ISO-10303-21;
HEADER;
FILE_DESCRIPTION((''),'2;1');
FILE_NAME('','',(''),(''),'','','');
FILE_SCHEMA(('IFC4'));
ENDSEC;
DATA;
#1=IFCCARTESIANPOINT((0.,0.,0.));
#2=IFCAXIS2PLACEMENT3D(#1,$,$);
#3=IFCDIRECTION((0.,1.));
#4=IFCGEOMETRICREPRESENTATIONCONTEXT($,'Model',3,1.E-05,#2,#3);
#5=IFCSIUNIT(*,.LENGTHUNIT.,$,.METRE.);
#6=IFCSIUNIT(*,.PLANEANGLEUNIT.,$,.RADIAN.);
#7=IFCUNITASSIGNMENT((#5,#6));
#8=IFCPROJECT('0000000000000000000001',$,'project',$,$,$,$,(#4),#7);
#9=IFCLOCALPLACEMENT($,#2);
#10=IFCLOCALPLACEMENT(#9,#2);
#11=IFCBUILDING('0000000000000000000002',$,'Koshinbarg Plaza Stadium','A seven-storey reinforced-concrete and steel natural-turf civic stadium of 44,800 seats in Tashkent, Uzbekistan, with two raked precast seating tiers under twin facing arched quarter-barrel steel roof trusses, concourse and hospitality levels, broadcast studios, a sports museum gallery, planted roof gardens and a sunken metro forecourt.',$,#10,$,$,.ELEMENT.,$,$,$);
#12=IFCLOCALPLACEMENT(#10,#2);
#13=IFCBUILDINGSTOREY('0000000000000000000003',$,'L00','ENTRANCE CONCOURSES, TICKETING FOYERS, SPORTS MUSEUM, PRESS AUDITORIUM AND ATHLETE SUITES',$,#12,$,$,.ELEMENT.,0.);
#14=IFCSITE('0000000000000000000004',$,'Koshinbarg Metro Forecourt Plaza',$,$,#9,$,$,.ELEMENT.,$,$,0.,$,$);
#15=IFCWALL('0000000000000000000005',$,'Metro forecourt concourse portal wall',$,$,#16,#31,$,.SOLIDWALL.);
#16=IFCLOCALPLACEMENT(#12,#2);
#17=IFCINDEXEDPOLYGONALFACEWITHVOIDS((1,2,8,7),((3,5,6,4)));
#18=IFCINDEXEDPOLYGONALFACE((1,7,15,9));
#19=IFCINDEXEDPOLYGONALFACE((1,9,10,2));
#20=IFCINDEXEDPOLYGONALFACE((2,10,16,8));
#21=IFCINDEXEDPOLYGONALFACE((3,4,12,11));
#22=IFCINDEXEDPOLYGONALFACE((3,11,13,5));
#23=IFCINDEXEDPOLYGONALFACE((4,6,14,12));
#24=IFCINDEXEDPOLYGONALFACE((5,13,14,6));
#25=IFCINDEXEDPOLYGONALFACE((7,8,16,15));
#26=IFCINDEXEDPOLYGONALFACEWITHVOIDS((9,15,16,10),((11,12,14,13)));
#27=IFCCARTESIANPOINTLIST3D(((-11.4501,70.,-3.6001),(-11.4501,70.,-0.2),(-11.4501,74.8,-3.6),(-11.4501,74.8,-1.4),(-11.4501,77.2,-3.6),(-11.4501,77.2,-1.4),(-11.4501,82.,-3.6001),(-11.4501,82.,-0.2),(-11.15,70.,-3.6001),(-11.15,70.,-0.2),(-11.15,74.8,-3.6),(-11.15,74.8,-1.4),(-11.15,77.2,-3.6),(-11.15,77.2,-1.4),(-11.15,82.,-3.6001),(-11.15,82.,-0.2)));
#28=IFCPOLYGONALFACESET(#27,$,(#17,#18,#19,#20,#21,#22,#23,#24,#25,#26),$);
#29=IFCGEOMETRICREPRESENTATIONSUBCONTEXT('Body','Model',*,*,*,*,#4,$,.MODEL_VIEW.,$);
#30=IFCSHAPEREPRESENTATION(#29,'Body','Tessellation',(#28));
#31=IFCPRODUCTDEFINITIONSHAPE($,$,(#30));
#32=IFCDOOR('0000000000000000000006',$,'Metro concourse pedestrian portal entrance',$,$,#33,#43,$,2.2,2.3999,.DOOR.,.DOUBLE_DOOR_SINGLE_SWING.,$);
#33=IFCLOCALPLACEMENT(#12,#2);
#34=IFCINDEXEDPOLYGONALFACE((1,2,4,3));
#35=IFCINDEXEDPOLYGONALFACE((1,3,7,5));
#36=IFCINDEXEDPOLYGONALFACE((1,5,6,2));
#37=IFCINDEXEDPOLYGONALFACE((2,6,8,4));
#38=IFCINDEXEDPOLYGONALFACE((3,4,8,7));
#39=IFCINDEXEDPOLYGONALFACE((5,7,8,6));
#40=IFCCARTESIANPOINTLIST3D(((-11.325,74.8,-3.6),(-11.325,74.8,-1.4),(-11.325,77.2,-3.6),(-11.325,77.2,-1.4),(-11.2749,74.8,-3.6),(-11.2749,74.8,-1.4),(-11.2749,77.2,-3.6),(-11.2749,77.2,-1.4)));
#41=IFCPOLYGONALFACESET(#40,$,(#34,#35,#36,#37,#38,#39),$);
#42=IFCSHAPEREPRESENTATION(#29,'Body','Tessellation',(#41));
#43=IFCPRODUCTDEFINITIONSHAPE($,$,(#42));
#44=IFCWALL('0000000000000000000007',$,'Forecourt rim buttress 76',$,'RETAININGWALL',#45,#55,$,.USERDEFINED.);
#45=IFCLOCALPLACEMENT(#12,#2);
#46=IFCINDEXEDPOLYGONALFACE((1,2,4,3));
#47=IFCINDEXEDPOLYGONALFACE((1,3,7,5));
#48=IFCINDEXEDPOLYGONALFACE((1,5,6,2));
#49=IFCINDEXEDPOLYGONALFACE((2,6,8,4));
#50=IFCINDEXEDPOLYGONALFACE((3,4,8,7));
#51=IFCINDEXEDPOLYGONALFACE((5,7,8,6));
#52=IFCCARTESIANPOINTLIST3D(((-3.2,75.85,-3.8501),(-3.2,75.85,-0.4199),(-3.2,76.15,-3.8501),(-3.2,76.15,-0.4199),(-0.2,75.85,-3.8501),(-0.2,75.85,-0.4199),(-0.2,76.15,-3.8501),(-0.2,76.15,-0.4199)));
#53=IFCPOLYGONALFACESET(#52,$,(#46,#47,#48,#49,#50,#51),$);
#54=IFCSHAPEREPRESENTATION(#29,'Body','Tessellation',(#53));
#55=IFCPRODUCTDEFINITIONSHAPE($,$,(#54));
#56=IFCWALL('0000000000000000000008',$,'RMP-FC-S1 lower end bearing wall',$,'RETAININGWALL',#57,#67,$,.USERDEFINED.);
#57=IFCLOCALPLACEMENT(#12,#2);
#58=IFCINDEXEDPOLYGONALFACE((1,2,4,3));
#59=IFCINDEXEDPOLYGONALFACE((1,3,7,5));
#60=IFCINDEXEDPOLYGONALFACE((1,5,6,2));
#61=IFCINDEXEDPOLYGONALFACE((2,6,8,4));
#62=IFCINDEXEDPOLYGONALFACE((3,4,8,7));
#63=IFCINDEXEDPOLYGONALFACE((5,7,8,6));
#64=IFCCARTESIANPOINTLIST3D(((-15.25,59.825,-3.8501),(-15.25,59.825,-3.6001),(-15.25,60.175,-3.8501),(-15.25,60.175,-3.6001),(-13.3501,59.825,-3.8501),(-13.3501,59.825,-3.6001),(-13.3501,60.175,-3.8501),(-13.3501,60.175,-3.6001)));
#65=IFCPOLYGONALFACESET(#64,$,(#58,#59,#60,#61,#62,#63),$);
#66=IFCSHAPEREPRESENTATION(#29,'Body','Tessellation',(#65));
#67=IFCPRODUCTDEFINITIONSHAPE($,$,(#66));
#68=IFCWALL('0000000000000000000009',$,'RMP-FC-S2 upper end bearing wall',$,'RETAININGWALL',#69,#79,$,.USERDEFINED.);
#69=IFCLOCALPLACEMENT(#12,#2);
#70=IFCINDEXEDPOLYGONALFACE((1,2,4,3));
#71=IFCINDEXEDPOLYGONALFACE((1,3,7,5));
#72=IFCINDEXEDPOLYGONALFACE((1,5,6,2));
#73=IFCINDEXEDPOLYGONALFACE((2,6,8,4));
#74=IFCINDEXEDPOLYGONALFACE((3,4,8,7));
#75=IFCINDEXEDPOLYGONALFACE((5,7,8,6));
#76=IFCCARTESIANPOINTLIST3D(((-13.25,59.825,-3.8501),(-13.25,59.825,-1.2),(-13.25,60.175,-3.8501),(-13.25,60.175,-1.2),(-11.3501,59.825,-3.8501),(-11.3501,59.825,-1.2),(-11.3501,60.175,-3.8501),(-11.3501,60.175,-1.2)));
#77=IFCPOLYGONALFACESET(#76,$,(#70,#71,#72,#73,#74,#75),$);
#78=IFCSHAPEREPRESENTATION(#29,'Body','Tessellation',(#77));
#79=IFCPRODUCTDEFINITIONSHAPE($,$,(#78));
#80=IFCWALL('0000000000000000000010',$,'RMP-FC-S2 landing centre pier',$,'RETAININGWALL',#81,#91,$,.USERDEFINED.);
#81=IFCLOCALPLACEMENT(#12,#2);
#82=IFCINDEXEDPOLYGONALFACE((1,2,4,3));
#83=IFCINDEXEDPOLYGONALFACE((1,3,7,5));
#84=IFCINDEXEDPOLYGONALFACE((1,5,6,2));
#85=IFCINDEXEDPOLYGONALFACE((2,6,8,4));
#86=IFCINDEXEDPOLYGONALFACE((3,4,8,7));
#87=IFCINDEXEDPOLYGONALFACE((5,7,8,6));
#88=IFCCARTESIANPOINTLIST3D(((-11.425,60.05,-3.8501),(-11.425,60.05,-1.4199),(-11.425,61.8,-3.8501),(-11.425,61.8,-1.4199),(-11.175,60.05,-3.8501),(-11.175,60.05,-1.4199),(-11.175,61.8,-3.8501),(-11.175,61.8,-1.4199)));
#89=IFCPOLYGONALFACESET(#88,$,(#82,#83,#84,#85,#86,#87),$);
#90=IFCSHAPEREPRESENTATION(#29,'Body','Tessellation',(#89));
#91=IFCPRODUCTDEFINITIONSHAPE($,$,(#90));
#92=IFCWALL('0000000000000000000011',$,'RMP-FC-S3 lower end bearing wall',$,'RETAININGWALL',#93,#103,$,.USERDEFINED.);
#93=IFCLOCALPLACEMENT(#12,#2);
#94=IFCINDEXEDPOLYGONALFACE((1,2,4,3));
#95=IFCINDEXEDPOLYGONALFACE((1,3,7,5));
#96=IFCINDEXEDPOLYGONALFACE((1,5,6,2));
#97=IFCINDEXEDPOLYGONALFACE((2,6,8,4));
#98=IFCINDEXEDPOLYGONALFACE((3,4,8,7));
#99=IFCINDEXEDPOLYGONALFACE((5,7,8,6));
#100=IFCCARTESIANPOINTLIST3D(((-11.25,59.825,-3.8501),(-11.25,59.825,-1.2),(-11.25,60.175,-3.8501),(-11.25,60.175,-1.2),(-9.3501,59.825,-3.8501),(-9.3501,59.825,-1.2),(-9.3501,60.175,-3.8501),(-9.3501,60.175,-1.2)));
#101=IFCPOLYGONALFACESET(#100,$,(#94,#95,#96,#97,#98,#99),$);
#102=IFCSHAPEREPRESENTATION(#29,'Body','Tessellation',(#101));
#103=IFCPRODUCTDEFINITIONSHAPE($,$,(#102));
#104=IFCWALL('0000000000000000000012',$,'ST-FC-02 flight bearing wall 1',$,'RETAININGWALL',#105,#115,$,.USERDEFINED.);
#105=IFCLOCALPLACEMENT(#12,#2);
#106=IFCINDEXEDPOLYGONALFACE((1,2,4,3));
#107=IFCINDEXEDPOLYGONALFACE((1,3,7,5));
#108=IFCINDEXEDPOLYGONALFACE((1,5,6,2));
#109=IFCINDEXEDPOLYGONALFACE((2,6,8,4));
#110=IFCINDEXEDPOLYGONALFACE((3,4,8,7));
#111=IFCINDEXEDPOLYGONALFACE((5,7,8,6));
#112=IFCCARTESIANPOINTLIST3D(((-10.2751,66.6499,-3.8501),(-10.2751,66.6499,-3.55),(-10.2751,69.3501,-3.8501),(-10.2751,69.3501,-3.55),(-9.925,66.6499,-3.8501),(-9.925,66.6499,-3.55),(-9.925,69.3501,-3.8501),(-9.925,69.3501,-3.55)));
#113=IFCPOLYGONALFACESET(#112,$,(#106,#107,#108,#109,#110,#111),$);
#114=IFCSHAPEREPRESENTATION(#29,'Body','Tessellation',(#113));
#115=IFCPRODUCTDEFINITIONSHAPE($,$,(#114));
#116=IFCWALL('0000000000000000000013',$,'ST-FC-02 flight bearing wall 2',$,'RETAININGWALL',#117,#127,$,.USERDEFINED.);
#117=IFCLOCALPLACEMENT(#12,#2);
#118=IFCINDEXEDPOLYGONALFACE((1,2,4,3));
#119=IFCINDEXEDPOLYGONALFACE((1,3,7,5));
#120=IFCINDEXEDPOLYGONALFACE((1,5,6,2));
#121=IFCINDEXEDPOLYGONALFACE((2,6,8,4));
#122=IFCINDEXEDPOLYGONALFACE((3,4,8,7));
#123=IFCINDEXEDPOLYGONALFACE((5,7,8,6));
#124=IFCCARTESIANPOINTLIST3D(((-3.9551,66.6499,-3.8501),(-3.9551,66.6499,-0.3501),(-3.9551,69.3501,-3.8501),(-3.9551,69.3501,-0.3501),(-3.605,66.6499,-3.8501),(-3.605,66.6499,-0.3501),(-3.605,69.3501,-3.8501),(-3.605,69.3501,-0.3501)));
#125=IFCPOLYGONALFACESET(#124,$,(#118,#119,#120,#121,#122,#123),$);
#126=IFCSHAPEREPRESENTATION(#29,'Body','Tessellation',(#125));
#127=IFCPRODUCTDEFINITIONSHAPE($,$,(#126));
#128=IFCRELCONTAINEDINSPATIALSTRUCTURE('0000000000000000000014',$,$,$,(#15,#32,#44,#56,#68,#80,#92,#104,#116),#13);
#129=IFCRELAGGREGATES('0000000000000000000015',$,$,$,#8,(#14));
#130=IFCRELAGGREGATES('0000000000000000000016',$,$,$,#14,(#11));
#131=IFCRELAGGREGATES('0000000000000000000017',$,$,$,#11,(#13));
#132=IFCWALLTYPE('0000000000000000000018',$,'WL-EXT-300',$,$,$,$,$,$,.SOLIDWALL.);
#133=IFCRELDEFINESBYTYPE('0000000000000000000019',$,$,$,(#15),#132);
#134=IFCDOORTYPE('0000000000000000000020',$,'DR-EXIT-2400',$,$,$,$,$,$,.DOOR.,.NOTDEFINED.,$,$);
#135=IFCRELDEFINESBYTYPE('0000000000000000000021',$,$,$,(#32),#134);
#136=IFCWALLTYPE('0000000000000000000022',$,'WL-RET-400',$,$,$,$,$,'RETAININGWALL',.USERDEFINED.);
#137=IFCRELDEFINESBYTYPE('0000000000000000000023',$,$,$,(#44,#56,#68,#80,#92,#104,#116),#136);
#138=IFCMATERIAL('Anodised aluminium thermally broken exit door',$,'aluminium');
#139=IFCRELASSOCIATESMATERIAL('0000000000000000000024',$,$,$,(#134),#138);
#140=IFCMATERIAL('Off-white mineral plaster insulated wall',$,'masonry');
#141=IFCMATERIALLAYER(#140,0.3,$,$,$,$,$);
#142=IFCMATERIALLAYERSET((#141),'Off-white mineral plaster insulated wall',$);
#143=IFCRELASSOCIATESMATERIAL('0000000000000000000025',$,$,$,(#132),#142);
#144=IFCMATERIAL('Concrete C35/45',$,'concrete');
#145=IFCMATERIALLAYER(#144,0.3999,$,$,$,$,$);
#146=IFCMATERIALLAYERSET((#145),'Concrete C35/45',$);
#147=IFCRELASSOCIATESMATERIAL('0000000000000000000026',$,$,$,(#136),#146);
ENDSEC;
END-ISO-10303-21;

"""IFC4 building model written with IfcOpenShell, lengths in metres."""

from ifc_helpers import new_model, si_unit, direction, frame, frame_2d, origin, place, context, subcontext, project, spatial, rectangle, extrude, material, layer, layer_set, type_object, element, fill, save


model = new_model("IFC4")

# Units and contexts
model_context = context("Model", 3, precision=1e-05, world=origin(), true_north=direction((0.0, 1.0)))
body_context = subcontext(model_context, "Body", "Model", "MODEL_VIEW")
ifc_project = project(units=[si_unit("LENGTHUNIT", "METRE"), si_unit("PLANEANGLEUNIT", "RADIAN")], contexts=[model_context])

# Site, building, storey
site_placement = place(None, origin())
site = spatial("IfcSite", under=ifc_project, at=site_placement, Name="Koshinbarg Metro Forecourt Plaza", CompositionType="ELEMENT", RefElevation=0.0)
building_placement = place(site_placement, origin())
building = spatial("IfcBuilding", under=site, at=building_placement, Name="Koshinbarg Plaza Stadium", Description="A seven-storey reinforced-concrete and steel natural-turf civic stadium of 44,800 seats in Tashkent, Uzbekistan, with two raked precast seating tiers under twin facing arched quarter-barrel steel roof trusses, concourse and hospitality levels, broadcast studios, a sports museum gallery, planted roof gardens and a sunken metro forecourt.", CompositionType="ELEMENT")
storey_placement = place(building_placement, origin())
storey = spatial("IfcBuildingStorey", under=building, at=storey_placement, Name="L00", Description="ENTRANCE CONCOURSES, TICKETING FOYERS, SPORTS MUSEUM, PRESS AUDITORIUM AND ATHLETE SUITES", CompositionType="ELEMENT", Elevation=0.0)

# Shared definitions
ifc_material_1 = material(Name="Concrete C35/45", Category="concrete")

# Wall, opening, door
ifc_material_2 = material(Name="Anodised aluminium thermally broken exit door", Category="aluminium")
door_type = type_object("IfcDoorType", Name="DR-EXIT-2400", OperationType="NOTDEFINED", PredefinedType="DOOR", material=ifc_material_2)
ifc_material_3 = material(Name="Off-white mineral plaster insulated wall", Category="masonry")
ifc_layer_1 = layer(ifc_material_3, 0.3)
ifc_layer_set_1 = layer_set([ifc_layer_1], Name="Off-white mineral plaster insulated wall")
wall_type_1 = type_object("IfcWallType", Name="WL-EXT-300", PredefinedType="SOLIDWALL", material=ifc_layer_set_1)
wall_1_placement = place(storey_placement, frame((-11.3, 70.0, -3.6001), z_axis=(0.0, 0.0, 1.0), x_axis=(0.0, 1.0, 0.0)))
wall_1 = element("IfcWall", 1, at=wall_1_placement, inside=storey, type_object=wall_type_1, Name="Metro forecourt concourse portal wall", PredefinedType="SOLIDWALL", context=body_context, shape_type="SweptSolid", body=[
    extrude(rectangle(XDim=12.0, YDim=0.3, at=frame_2d((6.0, 0.0))), origin(), (0.0, 0.0, 1.0), 3.4001),
])
opening_1_placement = place(wall_1_placement, frame((4.8, 0.0, 0.0)))
opening_1 = element("IfcOpeningElement", 2, at=opening_1_placement, cuts=wall_1, PredefinedType="OPENING", context=body_context, shape_type="SweptSolid", body=[
    extrude(rectangle(XDim=2.3999, YDim=2.2, at=frame_2d((1.2, 1.1001))), frame((0.0, 0.1599, 0.0), z_axis=(0.0, -1.0, 0.0), x_axis=(1.0, 0.0, 0.0)), (0.0, 0.0, 1.0), 0.3201),
])
door_1_placement = place(opening_1_placement, origin())
door_1 = element("IfcDoor", 3, at=door_1_placement, inside=storey, type_object=door_type, Name="Metro concourse pedestrian portal entrance", OperationType="DOUBLE_DOOR_SINGLE_SWING", OverallHeight=2.2, OverallWidth=2.3999, PredefinedType="DOOR", context=body_context, shape_type="SweptSolid", body=[
    extrude(rectangle(XDim=2.3999, YDim=2.2, at=frame_2d((1.2, 1.1001))), frame((0.0, 0.0249, 0.0), z_axis=(0.0, -1.0, 0.0), x_axis=(1.0, 0.0, 0.0)), (0.0, 0.0, 1.0), 0.05),
])
fill(opening_1, door_1)

# Walls
ifc_layer_2 = layer(ifc_material_1, 0.3999)
ifc_layer_set_2 = layer_set([ifc_layer_2], Name="Concrete C35/45")
wall_type_2 = type_object("IfcWallType", Name="WL-RET-400", ElementType="RETAININGWALL", PredefinedType="USERDEFINED", material=ifc_layer_set_2)
wall_2_placement = place(storey_placement, frame((-3.2, 76.0, -3.8501), z_axis=(0.0, 0.0, 1.0), x_axis=(1.0, 0.0, 0.0)))
element("IfcWall", 4, at=wall_2_placement, inside=storey, type_object=wall_type_2, Name="Forecourt rim buttress 76", ObjectType="RETAININGWALL", PredefinedType="USERDEFINED", context=body_context, shape_type="SweptSolid", body=[
    extrude(rectangle(XDim=3.0, YDim=0.3, at=frame_2d((1.5, 0.0))), origin(), (0.0, 0.0, 1.0), 3.4302),
])
wall_3_placement = place(storey_placement, frame((-15.25, 60.0, -3.8501), z_axis=(0.0, 0.0, 1.0), x_axis=(1.0, 0.0, 0.0)))
element("IfcWall", 5, at=wall_3_placement, inside=storey, type_object=wall_type_2, Name="RMP-FC-S1 lower end bearing wall", ObjectType="RETAININGWALL", PredefinedType="USERDEFINED", context=body_context, shape_type="SweptSolid", body=[
    extrude(rectangle(XDim=1.8999, YDim=0.3501, at=frame_2d((0.95, 0.0))), origin(), (0.0, 0.0, 1.0), 0.25),
])
wall_4_placement = place(storey_placement, frame((-13.25, 60.0, -3.8501), z_axis=(0.0, 0.0, 1.0), x_axis=(1.0, 0.0, 0.0)))
element("IfcWall", 6, at=wall_4_placement, inside=storey, type_object=wall_type_2, Name="RMP-FC-S2 upper end bearing wall", ObjectType="RETAININGWALL", PredefinedType="USERDEFINED", context=body_context, shape_type="SweptSolid", body=[
    extrude(rectangle(XDim=1.8999, YDim=0.3501, at=frame_2d((0.95, 0.0))), origin(), (0.0, 0.0, 1.0), 2.6501),
])
wall_5_placement = place(storey_placement, frame((-11.3, 60.05, -3.8501), z_axis=(0.0, 0.0, 1.0), x_axis=(0.0, 1.0, 0.0)))
element("IfcWall", 7, at=wall_5_placement, inside=storey, type_object=wall_type_2, Name="RMP-FC-S2 landing centre pier", ObjectType="RETAININGWALL", PredefinedType="USERDEFINED", context=body_context, shape_type="SweptSolid", body=[
    extrude(rectangle(XDim=1.75, YDim=0.25, at=frame_2d((0.875, 0.0))), origin(), (0.0, 0.0, 1.0), 2.4302),
])
wall_6_placement = place(storey_placement, frame((-11.25, 60.0, -3.8501), z_axis=(0.0, 0.0, 1.0), x_axis=(1.0, 0.0, 0.0)))
element("IfcWall", 8, at=wall_6_placement, inside=storey, type_object=wall_type_2, Name="RMP-FC-S3 lower end bearing wall", ObjectType="RETAININGWALL", PredefinedType="USERDEFINED", context=body_context, shape_type="SweptSolid", body=[
    extrude(rectangle(XDim=1.8999, YDim=0.3501, at=frame_2d((0.95, 0.0))), origin(), (0.0, 0.0, 1.0), 2.6501),
])
wall_7_placement = place(storey_placement, frame((-10.1001, 66.6499, -3.8501), z_axis=(0.0, 0.0, 1.0), x_axis=(0.0, 1.0, 0.0)))
element("IfcWall", 9, at=wall_7_placement, inside=storey, type_object=wall_type_2, Name="ST-FC-02 flight bearing wall 1", ObjectType="RETAININGWALL", PredefinedType="USERDEFINED", context=body_context, shape_type="SweptSolid", body=[
    extrude(rectangle(XDim=2.7002, YDim=0.3501, at=frame_2d((1.3501, 0.0))), origin(), (0.0, 0.0, 1.0), 0.3),
])
wall_8_placement = place(storey_placement, frame((-3.78, 66.6499, -3.8501), z_axis=(0.0, 0.0, 1.0), x_axis=(0.0, 1.0, 0.0)))
element("IfcWall", 10, at=wall_8_placement, inside=storey, type_object=wall_type_2, Name="ST-FC-02 flight bearing wall 2", ObjectType="RETAININGWALL", PredefinedType="USERDEFINED", context=body_context, shape_type="SweptSolid", body=[
    extrude(rectangle(XDim=2.7002, YDim=0.3501, at=frame_2d((1.3501, 0.0))), origin(), (0.0, 0.0, 1.0), 3.5),
])

save(model, "model.ifc")
